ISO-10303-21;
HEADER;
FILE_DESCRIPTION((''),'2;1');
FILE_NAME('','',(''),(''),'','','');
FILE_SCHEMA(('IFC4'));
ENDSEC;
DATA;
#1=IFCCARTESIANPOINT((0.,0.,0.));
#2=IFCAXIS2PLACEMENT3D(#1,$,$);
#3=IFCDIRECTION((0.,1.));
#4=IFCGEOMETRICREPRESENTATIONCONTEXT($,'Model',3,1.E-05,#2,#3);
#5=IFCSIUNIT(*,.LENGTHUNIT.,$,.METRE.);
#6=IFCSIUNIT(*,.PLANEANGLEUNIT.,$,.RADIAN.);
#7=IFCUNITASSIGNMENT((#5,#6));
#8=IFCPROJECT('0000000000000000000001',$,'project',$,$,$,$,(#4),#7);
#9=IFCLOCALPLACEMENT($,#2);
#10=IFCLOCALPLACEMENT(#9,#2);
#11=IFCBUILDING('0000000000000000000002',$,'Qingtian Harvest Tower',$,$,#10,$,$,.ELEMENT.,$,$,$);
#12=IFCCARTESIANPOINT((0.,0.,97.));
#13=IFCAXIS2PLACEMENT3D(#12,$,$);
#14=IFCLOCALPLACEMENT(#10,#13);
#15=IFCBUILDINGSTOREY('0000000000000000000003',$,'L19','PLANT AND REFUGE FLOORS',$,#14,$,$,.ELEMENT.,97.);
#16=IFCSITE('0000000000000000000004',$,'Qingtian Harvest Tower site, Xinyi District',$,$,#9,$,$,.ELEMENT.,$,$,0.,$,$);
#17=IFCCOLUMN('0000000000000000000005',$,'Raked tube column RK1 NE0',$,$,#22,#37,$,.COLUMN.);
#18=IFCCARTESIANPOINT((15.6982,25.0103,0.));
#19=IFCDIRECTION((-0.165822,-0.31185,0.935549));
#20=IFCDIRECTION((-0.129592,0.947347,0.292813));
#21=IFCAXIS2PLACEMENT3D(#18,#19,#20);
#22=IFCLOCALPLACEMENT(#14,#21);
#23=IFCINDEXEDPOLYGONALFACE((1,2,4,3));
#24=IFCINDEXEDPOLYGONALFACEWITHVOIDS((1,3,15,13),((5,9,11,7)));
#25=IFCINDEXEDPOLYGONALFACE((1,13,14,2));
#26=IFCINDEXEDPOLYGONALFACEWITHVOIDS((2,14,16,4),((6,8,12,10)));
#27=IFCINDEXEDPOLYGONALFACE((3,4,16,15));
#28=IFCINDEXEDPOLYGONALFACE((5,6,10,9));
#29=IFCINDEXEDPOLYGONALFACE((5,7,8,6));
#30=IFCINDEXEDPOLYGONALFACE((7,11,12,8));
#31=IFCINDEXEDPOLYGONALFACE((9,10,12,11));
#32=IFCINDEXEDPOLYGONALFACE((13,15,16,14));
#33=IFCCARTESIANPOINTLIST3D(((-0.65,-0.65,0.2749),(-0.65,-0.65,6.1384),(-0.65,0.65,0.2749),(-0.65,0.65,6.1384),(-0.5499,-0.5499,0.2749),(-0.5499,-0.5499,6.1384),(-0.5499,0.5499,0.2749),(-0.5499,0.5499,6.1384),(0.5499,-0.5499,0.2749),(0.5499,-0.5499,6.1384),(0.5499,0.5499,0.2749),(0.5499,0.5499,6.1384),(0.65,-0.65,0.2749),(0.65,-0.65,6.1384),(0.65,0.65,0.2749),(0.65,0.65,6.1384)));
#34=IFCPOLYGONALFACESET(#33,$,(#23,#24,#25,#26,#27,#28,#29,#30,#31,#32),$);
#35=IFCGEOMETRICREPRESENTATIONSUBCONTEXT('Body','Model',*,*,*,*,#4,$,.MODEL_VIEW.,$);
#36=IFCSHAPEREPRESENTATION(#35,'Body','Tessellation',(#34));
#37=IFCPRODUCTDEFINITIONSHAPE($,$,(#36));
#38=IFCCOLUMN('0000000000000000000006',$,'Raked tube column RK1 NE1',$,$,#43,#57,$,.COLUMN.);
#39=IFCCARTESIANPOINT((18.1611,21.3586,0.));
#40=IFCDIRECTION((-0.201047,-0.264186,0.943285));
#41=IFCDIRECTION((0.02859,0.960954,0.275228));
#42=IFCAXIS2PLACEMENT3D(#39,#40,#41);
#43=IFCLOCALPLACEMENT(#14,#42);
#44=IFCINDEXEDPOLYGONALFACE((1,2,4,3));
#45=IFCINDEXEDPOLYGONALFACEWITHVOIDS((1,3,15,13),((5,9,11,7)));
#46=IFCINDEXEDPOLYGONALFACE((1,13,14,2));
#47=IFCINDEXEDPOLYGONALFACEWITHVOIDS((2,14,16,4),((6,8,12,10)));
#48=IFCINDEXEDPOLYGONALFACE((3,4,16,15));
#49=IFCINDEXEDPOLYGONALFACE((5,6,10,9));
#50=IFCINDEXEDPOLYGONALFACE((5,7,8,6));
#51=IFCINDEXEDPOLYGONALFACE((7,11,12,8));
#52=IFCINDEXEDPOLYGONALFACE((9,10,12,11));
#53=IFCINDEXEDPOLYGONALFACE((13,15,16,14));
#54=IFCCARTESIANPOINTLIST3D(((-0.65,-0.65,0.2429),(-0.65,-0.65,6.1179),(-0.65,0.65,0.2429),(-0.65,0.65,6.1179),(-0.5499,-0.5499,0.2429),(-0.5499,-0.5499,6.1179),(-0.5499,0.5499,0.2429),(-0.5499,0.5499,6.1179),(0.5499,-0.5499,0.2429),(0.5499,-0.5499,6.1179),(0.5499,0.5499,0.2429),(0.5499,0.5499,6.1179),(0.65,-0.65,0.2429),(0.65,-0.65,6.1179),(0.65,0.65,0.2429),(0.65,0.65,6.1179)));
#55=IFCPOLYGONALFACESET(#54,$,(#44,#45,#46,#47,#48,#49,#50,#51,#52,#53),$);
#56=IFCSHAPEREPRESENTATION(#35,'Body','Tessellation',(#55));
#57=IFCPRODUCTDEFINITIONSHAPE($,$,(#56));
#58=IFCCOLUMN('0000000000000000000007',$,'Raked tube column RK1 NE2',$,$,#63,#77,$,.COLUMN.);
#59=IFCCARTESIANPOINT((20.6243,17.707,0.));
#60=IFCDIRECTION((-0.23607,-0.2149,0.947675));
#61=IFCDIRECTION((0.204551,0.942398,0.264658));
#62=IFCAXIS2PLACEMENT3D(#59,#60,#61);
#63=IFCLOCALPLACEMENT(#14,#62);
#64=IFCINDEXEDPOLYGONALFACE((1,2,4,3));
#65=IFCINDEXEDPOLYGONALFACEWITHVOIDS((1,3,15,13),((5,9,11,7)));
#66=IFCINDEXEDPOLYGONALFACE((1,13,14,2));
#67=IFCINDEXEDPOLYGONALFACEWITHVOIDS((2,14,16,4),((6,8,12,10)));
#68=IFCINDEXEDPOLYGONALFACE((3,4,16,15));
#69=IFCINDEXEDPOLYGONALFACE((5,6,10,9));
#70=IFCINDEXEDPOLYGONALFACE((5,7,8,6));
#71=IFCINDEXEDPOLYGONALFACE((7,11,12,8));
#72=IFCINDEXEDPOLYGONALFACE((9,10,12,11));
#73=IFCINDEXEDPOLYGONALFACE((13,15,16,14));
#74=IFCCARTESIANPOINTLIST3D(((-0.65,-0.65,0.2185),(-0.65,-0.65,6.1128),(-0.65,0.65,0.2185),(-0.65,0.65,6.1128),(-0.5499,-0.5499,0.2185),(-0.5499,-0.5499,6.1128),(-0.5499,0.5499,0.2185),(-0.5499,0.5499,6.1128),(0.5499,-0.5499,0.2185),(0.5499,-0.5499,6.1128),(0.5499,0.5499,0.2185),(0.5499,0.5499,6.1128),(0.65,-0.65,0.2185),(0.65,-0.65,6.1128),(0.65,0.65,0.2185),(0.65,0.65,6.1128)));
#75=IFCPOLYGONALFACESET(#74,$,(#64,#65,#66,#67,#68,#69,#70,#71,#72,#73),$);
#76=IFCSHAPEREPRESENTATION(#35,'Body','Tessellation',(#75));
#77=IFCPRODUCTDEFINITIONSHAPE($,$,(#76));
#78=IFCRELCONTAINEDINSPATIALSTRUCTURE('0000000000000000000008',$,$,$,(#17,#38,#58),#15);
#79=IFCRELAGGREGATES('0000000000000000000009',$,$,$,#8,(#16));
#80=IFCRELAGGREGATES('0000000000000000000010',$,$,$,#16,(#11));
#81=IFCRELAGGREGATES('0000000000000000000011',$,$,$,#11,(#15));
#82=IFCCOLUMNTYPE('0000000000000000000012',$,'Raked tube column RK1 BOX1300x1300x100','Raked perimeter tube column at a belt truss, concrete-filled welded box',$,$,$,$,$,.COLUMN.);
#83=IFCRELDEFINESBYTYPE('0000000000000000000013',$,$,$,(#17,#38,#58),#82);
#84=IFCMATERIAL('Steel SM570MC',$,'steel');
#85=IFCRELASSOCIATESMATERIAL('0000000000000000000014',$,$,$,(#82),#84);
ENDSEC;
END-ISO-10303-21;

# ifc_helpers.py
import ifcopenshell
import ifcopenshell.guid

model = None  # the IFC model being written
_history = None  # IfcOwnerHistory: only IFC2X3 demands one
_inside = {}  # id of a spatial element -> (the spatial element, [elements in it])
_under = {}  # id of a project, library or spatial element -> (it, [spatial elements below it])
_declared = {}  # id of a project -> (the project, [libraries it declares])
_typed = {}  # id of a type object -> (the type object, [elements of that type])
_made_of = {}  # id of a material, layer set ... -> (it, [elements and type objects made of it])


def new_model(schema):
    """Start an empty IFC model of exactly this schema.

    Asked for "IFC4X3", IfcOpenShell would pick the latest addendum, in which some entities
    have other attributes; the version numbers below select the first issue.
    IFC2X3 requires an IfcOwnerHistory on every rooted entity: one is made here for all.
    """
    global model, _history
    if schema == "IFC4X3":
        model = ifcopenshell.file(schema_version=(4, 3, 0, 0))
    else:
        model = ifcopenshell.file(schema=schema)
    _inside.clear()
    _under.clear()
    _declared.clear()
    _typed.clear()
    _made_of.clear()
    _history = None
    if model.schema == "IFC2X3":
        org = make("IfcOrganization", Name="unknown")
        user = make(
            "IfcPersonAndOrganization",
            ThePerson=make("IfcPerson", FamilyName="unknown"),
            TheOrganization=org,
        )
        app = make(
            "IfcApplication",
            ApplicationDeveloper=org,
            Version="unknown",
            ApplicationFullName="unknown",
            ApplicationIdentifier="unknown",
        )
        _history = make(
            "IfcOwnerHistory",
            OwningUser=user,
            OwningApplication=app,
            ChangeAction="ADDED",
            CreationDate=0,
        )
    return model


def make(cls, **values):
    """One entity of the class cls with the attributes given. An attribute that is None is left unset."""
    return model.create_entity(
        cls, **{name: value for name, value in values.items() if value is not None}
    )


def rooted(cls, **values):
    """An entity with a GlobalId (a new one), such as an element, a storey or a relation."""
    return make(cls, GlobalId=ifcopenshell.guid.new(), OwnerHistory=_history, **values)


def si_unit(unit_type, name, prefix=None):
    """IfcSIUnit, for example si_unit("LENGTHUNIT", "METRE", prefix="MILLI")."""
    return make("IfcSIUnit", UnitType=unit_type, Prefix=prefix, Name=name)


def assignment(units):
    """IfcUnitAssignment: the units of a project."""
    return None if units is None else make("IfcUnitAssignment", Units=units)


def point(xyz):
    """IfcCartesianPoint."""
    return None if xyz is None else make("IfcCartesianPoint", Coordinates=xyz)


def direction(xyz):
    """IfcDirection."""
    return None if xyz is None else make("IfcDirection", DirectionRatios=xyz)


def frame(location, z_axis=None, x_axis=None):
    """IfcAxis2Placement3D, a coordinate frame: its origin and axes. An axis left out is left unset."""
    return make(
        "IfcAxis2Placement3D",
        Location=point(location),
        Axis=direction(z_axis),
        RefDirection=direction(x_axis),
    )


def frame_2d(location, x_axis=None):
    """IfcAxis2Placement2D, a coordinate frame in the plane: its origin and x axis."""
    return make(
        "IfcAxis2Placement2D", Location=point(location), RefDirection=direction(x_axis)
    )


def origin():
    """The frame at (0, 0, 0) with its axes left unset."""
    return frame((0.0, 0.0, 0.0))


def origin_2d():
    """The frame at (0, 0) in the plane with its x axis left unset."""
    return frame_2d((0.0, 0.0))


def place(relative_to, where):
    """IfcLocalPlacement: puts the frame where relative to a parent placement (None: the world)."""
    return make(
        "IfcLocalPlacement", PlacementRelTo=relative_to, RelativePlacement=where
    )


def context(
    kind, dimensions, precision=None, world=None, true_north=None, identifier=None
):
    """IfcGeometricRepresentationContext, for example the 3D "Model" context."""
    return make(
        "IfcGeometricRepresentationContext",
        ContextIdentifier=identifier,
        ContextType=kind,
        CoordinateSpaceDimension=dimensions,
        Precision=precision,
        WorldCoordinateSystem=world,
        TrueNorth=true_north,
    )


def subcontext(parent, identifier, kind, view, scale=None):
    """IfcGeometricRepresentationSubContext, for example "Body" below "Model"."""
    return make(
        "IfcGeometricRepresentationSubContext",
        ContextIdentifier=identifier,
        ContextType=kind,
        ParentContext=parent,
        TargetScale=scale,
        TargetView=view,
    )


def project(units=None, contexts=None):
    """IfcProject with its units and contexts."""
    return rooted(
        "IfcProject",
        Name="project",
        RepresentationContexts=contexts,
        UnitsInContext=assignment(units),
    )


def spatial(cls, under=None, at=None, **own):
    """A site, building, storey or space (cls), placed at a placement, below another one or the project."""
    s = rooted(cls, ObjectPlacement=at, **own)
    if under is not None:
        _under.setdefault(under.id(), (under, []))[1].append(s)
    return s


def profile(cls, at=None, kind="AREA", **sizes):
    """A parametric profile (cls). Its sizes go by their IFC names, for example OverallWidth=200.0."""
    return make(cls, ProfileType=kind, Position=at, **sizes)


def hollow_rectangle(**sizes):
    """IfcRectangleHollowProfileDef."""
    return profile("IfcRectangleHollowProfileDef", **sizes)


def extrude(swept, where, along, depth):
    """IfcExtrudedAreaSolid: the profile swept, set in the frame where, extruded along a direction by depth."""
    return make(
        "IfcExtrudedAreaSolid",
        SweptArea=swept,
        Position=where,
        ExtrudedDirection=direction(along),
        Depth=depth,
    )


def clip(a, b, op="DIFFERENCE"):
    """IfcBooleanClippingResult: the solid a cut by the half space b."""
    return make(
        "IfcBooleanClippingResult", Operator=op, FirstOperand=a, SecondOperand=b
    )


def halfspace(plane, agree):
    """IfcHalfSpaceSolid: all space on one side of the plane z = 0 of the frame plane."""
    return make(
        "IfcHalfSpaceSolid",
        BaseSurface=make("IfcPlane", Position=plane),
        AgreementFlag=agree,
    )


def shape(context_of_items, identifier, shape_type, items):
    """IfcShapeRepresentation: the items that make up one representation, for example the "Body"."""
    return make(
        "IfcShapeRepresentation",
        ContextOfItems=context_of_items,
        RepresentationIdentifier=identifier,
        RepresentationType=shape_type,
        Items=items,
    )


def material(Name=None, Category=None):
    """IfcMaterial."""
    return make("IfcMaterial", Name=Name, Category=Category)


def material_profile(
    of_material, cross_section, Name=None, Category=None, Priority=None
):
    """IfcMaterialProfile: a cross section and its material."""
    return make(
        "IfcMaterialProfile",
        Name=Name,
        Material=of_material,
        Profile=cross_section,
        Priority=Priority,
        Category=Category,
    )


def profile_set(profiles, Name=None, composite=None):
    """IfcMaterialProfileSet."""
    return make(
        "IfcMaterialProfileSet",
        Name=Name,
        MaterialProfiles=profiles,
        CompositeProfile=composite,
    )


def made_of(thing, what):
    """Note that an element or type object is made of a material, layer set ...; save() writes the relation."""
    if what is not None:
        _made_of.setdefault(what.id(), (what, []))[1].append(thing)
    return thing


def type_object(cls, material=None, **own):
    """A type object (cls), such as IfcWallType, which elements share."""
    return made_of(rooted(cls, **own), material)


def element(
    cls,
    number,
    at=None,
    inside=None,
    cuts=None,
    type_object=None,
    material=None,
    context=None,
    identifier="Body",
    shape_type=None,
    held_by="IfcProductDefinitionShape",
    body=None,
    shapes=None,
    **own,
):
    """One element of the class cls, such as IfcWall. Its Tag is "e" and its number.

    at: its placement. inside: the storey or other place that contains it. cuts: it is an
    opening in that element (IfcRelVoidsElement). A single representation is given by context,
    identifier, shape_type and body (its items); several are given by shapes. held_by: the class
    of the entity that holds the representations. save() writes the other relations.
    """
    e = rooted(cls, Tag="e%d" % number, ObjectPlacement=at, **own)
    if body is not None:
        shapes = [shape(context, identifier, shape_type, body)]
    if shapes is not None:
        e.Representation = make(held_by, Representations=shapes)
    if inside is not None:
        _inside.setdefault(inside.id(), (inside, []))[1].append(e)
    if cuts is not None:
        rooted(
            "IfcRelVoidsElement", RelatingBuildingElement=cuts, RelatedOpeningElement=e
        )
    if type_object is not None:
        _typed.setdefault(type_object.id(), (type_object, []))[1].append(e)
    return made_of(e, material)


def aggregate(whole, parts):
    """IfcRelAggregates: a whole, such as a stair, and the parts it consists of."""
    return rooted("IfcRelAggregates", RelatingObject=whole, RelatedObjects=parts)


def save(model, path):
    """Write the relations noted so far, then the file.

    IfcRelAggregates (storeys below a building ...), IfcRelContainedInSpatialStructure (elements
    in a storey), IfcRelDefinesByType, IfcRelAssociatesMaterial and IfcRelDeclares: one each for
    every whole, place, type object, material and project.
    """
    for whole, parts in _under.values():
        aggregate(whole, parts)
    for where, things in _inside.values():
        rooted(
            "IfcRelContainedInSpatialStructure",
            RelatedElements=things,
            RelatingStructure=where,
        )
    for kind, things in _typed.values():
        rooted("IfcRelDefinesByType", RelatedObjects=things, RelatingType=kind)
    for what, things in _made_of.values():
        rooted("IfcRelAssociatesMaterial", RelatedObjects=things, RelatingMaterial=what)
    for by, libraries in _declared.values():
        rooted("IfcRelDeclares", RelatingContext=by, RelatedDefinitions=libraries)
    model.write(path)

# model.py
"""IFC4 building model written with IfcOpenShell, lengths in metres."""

from ifc_helpers import new_model, si_unit, direction, frame, origin, origin_2d, place, context, subcontext, project, spatial, hollow_rectangle, extrude, clip, halfspace, material, material_profile, profile_set, type_object, element, save


model = new_model("IFC4")

# Units and contexts
model_context = context("Model", 3, precision=1e-05, world=origin(), true_north=direction((0.0, 1.0)))
body_context = subcontext(model_context, "Body", "Model", "MODEL_VIEW")
ifc_project = project(units=[si_unit("LENGTHUNIT", "METRE"), si_unit("PLANEANGLEUNIT", "RADIAN")], contexts=[model_context])

# Site, building, storey
site_placement = place(None, origin())
site = spatial("IfcSite", under=ifc_project, at=site_placement, Name="Qingtian Harvest Tower site, Xinyi District", CompositionType="ELEMENT", RefElevation=0.0)
building_placement = place(site_placement, origin())
building = spatial("IfcBuilding", under=site, at=building_placement, Name="Qingtian Harvest Tower", CompositionType="ELEMENT")
storey_placement = place(building_placement, frame((0.0, 0.0, 97.0)))
storey = spatial("IfcBuildingStorey", under=building, at=storey_placement, Name="L19", Description="PLANT AND REFUGE FLOORS", CompositionType="ELEMENT", Elevation=97.0)

# Columns
ifc_material_1 = material(Name="Steel SM570MC", Category="steel")
ifc_material_profile_1 = material_profile(ifc_material_1, hollow_rectangle(XDim=1.3, YDim=1.3, WallThickness=0.1001, at=origin_2d()), Name="BOX1300x1300x100")
ifc_profile_set_1 = profile_set([ifc_material_profile_1], Name="Steel SM570MC")
column_type = type_object("IfcColumnType", Name="Raked tube column RK1 BOX1300x1300x100", Description="Raked perimeter tube column at a belt truss, concrete-filled welded box", PredefinedType="COLUMN", material=ifc_profile_set_1)
column_1_placement = place(storey_placement, frame((15.6982, 25.0103, 0.0), z_axis=(-0.165822, -0.31185, 0.935549), x_axis=(-0.129592, 0.947347, 0.292813)))
element("IfcColumn", 1, at=column_1_placement, inside=storey, type_object=column_type, Name="Raked tube column RK1 NE0", PredefinedType="COLUMN", context=body_context, shape_type="Clipping", body=[
    clip(clip(extrude(hollow_rectangle(XDim=1.3, YDim=1.3, WallThickness=0.1001, at=origin_2d()), origin(), (0.0, 0.0, 1.0), 6.4133), halfspace(frame((0.0, 0.0, 0.2749), z_axis=(0.0, 0.0, -1.0), x_axis=(0.0, -1.0, 0.0)), False)), halfspace(frame((0.0, 0.0, 6.1384), z_axis=(0.0, 0.0, 1.0), x_axis=(0.0, 1.0, 0.0)), False)),
])
column_2_placement = place(storey_placement, frame((18.1611, 21.3586, 0.0), z_axis=(-0.201047, -0.264186, 0.943285), x_axis=(0.02859, 0.960954, 0.275228)))
element("IfcColumn", 2, at=column_2_placement, inside=storey, type_object=column_type, Name="Raked tube column RK1 NE1", PredefinedType="COLUMN", context=body_context, shape_type="Clipping", body=[
    clip(clip(extrude(hollow_rectangle(XDim=1.3, YDim=1.3, WallThickness=0.1001, at=origin_2d()), origin(), (0.0, 0.0, 1.0), 6.3608), halfspace(frame((0.0, 0.0, 0.2429), z_axis=(0.0, 0.0, -1.0), x_axis=(0.0, -1.0, 0.0)), False)), halfspace(frame((0.0, 0.0, 6.1179), z_axis=(0.0, 0.0, 1.0), x_axis=(0.0, 1.0, 0.0)), False)),
])
column_3_placement = place(storey_placement, frame((20.6243, 17.707, 0.0), z_axis=(-0.23607, -0.2149, 0.947675), x_axis=(0.204551, 0.942398, 0.264658)))
element("IfcColumn", 3, at=column_3_placement, inside=storey, type_object=column_type, Name="Raked tube column RK1 NE2", PredefinedType="COLUMN", context=body_context, shape_type="Clipping", body=[
    clip(clip(extrude(hollow_rectangle(XDim=1.3, YDim=1.3, WallThickness=0.1001, at=origin_2d()), origin(), (0.0, 0.0, 1.0), 6.3313), halfspace(frame((0.0, 0.0, 0.2185), z_axis=(0.0, 0.0, -1.0), x_axis=(0.0, -1.0, 0.0)), False)), halfspace(frame((0.0, 0.0, 6.1128), z_axis=(0.0, 0.0, 1.0), x_axis=(0.0, 1.0, 0.0)), False)),
])

save(model, "model.ifc")
